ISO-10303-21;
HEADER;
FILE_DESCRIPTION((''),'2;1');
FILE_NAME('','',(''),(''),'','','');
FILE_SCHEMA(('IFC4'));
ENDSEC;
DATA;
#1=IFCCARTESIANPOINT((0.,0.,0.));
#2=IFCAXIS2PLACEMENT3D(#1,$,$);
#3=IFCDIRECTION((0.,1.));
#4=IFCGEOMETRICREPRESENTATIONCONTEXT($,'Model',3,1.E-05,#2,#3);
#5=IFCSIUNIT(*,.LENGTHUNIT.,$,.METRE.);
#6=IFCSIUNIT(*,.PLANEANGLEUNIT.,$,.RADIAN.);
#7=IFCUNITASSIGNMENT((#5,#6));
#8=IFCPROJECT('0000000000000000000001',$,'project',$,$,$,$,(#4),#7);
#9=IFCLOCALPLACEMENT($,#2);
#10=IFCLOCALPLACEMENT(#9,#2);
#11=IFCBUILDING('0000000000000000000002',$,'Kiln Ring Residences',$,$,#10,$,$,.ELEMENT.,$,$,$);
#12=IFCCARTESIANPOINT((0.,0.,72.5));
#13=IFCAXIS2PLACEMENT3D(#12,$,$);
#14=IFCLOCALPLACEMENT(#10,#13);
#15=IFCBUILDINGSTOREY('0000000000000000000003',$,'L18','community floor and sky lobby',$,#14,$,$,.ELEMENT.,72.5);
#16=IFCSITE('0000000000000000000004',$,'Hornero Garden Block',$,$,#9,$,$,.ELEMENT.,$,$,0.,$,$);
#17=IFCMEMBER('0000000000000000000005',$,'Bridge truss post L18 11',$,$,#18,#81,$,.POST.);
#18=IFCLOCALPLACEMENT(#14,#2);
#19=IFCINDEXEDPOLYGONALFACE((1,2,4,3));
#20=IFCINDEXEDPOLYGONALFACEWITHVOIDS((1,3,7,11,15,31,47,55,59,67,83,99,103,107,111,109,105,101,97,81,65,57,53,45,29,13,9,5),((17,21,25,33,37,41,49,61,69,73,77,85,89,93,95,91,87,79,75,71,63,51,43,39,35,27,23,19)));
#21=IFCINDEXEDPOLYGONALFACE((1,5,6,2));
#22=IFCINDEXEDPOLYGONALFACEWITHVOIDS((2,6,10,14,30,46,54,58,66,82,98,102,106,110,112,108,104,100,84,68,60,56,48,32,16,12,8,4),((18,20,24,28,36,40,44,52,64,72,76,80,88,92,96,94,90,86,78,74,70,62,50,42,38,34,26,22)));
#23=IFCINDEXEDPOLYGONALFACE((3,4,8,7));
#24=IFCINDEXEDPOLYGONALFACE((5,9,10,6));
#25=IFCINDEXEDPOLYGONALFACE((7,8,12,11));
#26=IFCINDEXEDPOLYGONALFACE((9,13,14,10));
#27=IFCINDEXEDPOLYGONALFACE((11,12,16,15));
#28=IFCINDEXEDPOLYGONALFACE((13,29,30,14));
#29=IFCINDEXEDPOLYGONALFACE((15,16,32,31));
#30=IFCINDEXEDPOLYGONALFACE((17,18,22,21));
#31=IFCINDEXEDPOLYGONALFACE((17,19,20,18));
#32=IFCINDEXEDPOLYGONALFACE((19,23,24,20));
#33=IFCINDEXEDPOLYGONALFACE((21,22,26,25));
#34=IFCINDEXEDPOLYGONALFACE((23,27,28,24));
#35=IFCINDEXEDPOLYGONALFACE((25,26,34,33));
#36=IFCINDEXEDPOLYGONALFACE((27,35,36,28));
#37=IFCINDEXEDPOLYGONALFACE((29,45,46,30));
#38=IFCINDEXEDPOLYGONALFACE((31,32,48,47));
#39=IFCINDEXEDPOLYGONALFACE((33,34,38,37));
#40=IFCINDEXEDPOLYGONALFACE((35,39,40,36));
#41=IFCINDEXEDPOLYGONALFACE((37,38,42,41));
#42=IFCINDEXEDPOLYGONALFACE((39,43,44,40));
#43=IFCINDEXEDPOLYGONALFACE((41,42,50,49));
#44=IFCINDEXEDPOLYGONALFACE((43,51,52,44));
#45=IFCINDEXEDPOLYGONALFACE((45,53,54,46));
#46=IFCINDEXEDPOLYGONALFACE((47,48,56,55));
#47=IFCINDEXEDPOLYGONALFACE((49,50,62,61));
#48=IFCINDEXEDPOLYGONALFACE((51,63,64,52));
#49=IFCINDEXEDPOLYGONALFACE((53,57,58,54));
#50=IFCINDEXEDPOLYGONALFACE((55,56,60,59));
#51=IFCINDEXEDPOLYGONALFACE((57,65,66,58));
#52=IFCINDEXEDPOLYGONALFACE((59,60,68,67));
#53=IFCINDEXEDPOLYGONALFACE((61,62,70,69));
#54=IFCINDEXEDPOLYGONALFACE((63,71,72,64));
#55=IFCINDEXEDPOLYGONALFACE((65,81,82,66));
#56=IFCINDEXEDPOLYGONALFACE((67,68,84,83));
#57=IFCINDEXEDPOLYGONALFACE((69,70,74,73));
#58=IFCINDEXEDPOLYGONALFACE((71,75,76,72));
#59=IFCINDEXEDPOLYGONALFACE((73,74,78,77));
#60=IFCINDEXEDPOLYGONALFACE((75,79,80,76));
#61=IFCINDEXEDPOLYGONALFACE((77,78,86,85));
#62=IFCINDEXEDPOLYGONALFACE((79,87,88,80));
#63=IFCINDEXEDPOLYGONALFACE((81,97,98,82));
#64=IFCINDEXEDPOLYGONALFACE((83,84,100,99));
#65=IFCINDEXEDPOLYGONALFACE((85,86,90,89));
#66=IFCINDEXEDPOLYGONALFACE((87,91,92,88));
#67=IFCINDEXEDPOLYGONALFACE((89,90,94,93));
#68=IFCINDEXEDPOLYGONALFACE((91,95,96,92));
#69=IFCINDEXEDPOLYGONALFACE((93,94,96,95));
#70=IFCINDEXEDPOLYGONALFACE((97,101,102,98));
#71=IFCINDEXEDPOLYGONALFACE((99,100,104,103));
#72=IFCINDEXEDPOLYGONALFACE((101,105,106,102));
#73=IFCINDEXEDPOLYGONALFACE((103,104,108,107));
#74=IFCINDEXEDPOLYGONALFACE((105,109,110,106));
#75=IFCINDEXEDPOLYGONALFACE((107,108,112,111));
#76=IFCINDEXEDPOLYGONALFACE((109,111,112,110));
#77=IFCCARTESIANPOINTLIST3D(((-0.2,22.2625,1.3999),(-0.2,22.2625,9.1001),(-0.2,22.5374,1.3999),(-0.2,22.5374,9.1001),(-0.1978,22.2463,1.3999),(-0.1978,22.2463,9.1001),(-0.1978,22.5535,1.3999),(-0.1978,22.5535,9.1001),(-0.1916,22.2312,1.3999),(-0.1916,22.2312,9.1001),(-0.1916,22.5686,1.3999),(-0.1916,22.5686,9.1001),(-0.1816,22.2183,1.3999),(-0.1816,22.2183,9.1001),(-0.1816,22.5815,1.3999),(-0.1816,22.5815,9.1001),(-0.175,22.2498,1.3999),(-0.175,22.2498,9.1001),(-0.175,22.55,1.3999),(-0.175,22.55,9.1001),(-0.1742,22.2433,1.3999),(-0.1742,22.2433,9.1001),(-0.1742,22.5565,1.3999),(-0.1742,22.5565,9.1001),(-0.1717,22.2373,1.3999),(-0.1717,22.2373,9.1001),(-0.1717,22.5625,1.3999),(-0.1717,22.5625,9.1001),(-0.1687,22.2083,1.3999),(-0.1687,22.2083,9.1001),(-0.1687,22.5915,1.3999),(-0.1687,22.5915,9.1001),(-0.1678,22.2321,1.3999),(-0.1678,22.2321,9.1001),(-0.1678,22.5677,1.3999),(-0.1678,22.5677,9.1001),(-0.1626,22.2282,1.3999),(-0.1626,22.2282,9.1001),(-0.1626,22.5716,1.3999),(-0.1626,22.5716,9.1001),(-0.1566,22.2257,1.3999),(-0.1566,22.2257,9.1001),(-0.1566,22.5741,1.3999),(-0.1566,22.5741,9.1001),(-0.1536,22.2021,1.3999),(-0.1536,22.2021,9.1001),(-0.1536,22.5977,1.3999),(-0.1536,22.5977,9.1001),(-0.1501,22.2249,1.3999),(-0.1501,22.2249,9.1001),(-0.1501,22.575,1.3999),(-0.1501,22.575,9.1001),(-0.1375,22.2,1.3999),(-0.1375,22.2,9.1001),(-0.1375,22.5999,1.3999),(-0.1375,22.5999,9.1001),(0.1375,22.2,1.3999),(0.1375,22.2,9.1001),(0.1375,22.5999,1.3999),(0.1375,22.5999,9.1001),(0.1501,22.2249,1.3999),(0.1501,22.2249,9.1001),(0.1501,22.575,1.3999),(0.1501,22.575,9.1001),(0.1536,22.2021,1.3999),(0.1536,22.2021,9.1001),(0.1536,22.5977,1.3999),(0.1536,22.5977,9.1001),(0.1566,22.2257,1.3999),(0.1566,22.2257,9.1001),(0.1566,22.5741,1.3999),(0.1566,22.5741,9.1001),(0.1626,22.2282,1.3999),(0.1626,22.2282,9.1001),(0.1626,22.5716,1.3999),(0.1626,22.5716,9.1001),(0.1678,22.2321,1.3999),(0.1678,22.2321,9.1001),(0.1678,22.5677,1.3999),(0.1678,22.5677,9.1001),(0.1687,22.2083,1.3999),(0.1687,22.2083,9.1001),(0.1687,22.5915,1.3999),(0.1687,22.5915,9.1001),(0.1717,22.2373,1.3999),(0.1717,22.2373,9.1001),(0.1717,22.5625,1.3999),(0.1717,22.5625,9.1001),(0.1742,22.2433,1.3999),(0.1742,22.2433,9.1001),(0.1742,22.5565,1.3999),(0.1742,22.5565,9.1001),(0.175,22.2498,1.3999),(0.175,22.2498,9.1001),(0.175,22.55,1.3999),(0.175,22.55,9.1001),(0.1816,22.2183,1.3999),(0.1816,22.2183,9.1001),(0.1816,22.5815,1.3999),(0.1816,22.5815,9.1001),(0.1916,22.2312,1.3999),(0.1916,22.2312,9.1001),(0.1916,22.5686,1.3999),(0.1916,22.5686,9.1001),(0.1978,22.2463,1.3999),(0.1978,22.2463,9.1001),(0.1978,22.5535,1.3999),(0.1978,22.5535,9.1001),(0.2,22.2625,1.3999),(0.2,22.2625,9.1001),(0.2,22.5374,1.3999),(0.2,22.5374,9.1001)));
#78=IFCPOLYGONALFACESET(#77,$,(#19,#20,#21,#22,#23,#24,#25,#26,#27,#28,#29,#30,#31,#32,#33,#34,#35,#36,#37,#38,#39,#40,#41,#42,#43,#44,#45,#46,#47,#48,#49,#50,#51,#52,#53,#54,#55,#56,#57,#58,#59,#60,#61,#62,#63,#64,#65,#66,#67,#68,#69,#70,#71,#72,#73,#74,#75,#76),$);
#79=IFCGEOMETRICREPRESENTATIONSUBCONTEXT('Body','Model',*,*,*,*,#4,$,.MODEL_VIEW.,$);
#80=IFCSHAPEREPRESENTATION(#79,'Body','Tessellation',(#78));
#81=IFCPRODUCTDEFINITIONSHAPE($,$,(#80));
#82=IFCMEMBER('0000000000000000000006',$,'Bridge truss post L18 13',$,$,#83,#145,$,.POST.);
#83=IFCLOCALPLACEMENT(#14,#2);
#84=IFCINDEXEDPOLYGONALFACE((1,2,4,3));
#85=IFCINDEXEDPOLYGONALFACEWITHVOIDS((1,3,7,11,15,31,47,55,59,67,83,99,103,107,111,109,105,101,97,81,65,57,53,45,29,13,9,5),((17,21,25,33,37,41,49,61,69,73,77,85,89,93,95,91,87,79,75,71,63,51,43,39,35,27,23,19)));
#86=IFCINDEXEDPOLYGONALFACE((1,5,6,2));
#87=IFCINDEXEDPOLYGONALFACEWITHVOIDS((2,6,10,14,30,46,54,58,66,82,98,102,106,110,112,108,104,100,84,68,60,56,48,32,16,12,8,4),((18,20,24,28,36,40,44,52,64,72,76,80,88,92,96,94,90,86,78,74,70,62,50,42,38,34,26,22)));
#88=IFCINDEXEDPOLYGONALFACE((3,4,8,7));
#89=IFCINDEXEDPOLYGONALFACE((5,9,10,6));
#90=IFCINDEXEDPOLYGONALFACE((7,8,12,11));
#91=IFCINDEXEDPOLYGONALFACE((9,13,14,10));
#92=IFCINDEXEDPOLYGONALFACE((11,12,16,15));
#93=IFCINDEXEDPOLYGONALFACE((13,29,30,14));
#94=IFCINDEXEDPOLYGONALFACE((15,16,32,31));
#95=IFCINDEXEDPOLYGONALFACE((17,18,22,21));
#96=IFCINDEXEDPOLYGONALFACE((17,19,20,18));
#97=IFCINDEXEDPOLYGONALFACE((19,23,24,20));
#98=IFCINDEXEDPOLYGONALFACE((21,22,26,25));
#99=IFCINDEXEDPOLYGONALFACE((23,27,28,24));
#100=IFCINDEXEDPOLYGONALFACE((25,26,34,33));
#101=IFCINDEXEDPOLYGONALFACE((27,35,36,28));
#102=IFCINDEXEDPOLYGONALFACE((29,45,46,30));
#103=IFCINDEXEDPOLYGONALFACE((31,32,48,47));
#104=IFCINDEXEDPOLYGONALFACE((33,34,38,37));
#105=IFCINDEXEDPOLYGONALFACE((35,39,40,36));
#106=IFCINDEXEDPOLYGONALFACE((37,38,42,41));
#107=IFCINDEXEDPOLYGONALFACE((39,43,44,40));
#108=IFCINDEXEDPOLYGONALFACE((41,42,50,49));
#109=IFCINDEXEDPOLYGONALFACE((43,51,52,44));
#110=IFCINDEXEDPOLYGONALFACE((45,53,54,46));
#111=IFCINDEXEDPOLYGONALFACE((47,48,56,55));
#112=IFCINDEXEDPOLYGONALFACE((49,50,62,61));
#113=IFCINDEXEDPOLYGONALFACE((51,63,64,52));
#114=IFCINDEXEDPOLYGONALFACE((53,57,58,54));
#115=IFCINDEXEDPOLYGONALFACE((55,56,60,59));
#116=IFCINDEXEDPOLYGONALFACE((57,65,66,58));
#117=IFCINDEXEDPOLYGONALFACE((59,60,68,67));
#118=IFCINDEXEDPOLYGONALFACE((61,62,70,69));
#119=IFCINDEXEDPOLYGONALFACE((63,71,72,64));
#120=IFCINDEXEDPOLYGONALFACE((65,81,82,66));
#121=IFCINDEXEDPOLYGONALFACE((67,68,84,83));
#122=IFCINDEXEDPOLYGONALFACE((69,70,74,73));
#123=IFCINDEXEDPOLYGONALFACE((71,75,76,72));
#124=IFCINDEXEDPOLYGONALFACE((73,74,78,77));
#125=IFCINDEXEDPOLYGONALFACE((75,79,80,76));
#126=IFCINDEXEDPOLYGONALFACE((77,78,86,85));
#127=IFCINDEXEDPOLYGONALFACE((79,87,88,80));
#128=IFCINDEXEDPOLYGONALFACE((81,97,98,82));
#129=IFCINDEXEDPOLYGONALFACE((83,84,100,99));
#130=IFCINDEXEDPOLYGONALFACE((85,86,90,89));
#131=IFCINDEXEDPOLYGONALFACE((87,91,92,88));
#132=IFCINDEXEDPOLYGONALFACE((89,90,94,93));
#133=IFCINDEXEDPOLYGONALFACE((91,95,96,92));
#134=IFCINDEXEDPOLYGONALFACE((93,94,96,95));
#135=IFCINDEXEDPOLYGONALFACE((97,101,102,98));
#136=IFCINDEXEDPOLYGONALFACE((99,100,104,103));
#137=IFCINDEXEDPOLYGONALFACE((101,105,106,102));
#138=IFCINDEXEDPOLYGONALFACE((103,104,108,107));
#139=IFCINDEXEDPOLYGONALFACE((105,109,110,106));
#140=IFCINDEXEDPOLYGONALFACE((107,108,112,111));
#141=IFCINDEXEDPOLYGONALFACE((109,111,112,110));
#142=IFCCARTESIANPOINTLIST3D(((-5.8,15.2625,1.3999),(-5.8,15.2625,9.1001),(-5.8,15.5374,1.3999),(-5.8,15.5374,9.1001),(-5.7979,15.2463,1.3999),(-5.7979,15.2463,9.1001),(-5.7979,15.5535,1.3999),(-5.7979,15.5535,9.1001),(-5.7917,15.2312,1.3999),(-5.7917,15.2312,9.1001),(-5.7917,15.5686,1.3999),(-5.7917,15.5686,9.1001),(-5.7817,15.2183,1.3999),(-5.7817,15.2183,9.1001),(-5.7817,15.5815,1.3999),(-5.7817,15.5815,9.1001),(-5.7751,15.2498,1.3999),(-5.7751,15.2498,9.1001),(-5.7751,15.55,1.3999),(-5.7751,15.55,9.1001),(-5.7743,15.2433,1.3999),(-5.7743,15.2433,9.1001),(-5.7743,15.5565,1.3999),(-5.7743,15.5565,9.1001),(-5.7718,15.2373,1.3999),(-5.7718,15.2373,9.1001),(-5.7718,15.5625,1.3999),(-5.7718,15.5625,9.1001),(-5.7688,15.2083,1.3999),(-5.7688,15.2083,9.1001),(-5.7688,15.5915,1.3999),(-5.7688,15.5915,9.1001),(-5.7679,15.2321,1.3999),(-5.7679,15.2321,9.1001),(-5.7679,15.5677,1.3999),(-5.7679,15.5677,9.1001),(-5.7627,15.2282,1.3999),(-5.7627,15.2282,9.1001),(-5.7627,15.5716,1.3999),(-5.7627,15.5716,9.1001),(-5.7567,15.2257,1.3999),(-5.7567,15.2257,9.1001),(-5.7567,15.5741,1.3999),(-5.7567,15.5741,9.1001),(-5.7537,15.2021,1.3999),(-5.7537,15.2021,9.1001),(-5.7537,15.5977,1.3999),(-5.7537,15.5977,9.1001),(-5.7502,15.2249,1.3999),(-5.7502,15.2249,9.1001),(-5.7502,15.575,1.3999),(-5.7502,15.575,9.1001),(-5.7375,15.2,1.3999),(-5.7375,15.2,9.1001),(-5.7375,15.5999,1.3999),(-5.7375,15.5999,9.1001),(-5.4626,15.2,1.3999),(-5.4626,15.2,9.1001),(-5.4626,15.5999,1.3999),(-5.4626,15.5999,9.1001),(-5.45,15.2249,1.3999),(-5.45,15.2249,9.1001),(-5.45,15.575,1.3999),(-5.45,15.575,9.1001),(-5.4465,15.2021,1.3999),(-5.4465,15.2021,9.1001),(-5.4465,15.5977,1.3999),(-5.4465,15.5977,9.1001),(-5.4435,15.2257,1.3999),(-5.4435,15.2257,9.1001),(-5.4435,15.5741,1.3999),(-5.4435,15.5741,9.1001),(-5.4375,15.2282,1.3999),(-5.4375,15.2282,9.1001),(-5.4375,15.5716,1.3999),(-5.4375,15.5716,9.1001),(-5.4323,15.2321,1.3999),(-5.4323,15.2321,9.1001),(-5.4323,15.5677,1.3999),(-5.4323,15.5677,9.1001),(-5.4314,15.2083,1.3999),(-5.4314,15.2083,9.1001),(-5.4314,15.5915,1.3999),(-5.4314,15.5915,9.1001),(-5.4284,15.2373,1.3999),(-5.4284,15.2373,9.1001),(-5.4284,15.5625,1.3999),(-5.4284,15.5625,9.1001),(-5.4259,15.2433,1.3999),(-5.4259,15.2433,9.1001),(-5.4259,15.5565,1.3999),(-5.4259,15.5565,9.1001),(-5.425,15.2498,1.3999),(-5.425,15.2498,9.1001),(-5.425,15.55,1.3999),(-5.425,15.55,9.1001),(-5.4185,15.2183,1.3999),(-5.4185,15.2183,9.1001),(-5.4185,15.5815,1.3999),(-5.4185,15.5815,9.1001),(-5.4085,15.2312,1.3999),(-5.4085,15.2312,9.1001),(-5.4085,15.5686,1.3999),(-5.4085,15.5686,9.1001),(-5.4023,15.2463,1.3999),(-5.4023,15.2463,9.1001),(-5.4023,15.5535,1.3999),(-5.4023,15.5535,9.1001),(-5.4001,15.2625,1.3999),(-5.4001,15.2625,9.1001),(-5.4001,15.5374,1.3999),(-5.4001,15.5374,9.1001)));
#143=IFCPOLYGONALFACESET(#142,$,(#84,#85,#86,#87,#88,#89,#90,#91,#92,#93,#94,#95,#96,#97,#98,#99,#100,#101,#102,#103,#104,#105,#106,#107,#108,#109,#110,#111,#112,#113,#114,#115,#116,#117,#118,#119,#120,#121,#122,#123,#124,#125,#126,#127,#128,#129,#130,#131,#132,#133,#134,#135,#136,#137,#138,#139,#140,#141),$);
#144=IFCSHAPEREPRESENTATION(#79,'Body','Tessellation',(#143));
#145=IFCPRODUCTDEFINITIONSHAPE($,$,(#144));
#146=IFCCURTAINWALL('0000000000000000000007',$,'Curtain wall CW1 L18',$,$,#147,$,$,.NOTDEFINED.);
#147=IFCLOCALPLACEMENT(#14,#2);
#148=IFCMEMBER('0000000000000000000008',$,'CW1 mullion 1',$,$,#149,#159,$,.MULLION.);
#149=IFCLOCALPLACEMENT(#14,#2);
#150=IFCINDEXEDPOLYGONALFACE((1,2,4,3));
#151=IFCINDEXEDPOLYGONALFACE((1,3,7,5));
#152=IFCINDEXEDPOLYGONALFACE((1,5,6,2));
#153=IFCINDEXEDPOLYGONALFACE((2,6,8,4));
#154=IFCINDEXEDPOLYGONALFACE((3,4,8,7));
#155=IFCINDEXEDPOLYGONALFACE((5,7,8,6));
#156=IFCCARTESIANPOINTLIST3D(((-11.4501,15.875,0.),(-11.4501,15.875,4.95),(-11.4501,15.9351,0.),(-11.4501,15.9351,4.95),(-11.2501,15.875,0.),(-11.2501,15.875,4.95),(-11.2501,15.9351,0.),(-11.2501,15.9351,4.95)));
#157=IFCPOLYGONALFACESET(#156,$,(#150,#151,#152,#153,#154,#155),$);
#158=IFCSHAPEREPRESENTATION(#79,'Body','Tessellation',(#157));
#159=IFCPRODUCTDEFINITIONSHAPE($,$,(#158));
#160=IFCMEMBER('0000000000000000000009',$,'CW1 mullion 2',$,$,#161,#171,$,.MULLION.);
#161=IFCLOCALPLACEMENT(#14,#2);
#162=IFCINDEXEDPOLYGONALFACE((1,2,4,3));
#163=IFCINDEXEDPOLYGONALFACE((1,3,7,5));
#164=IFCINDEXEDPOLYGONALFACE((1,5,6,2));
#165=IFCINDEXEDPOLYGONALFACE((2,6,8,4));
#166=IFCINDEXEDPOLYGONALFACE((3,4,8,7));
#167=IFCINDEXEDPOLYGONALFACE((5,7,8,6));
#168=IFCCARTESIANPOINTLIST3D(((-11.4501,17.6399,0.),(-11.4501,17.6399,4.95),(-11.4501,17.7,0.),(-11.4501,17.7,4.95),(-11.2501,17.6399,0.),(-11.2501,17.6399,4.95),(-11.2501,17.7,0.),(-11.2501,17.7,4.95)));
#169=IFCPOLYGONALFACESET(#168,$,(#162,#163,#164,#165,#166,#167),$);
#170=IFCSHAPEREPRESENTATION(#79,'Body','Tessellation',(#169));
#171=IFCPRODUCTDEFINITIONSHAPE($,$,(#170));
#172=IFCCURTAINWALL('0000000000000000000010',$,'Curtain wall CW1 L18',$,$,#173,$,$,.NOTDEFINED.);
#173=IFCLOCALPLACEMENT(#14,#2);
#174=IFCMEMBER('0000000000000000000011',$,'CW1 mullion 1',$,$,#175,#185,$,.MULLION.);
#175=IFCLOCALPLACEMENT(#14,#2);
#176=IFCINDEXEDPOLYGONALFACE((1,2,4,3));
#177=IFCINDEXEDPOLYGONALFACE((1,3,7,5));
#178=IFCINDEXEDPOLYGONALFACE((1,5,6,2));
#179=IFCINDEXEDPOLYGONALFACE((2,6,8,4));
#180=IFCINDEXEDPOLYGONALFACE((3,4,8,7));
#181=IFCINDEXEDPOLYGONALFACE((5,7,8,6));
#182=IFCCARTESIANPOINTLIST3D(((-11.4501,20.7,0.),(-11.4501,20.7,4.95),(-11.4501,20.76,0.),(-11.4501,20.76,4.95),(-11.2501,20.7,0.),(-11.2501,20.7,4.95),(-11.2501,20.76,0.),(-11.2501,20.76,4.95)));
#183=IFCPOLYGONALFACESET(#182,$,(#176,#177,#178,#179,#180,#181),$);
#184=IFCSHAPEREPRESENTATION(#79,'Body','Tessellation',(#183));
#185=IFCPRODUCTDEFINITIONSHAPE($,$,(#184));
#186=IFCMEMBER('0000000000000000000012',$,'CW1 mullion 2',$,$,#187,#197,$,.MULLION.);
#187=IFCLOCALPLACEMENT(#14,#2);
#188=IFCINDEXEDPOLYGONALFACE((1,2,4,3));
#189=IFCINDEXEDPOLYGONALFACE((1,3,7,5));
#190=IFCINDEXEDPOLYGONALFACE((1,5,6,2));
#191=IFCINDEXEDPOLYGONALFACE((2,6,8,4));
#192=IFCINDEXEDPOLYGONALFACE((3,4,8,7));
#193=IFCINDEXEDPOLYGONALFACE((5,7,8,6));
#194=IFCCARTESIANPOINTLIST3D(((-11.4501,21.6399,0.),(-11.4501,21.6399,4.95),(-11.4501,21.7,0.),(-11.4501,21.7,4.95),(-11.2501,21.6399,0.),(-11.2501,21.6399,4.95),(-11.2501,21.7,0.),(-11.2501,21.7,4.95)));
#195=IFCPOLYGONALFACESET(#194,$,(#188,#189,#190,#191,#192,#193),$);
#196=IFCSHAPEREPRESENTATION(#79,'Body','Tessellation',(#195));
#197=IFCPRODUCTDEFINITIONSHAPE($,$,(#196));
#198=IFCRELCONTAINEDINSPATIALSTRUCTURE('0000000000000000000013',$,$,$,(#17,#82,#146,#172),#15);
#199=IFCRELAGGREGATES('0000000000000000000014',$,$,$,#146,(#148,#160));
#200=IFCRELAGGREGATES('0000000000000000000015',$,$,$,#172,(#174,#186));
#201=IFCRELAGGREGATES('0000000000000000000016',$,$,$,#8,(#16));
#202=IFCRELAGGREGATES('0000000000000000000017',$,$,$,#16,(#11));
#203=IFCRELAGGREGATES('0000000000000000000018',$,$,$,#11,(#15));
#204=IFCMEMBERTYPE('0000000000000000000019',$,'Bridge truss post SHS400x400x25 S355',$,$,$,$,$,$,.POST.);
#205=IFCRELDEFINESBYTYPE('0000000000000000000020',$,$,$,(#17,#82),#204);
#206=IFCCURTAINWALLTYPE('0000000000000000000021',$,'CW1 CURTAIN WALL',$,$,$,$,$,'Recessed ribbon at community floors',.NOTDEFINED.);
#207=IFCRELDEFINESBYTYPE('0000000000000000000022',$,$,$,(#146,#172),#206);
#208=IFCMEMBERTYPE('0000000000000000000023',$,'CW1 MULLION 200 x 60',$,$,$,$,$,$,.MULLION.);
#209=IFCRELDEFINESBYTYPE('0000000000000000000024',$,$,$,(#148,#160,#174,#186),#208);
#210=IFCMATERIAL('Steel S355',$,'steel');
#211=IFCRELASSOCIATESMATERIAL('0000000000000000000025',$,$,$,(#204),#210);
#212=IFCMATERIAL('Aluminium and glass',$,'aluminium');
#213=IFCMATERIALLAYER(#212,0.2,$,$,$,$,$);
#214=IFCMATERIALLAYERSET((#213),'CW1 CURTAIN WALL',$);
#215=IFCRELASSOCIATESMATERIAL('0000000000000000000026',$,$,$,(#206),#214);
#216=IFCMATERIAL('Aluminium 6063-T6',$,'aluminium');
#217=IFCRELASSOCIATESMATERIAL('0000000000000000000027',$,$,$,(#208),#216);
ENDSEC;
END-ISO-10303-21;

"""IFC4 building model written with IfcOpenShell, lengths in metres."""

from ifc_helpers import new_model, si_unit, direction, frame, origin, origin_2d, place, context, subcontext, project, spatial, rectangle, hollow_rectangle, extrude, material, layer, layer_set, material_profile, profile_set, type_object, element, aggregate, save


model = new_model("IFC4")

# Units and contexts
model_context = context("Model", 3, precision=1e-05, world=origin(), true_north=direction((0.0, 1.0)))
body_context = subcontext(model_context, "Body", "Model", "MODEL_VIEW")
ifc_project = project(units=[si_unit("LENGTHUNIT", "METRE"), si_unit("PLANEANGLEUNIT", "RADIAN")], contexts=[model_context])

# Site, building, storey
site_placement = place(None, origin())
site = spatial("IfcSite", under=ifc_project, at=site_placement, Name="Hornero Garden Block", CompositionType="ELEMENT", RefElevation=0.0)
building_placement = place(site_placement, origin())
building = spatial("IfcBuilding", under=site, at=building_placement, Name="Kiln Ring Residences", CompositionType="ELEMENT")
storey_placement = place(building_placement, frame((0.0, 0.0, 72.5)))
storey = spatial("IfcBuildingStorey", under=building, at=storey_placement, Name="L18", Description="community floor and sky lobby", CompositionType="ELEMENT", Elevation=72.5)

# Members
ifc_material_1 = material(Name="Steel S355", Category="steel")
ifc_material_profile_1 = material_profile(ifc_material_1, hollow_rectangle(XDim=0.3999, YDim=0.3999, WallThickness=0.0249, InnerFilletRadius=0.0249, OuterFilletRadius=0.0625, at=origin_2d()), Name="SHS400x400x25")
ifc_profile_set_1 = profile_set([ifc_material_profile_1], Name="Steel S355")
member_type_1 = type_object("IfcMemberType", Name="Bridge truss post SHS400x400x25 S355", PredefinedType="POST", material=ifc_profile_set_1)
for number, where, z_axis, x_axis, name in (
    (1, (0.0, 22.3999, 1.3999), (0.0, 0.0, 1.0), (1.0, 0.0, 0.0), "Bridge truss post L18 11"),
    (2, (-5.6001, 15.3999, 1.3999), (0.0, 0.0, 1.0), (1.0, 0.0, 0.0), "Bridge truss post L18 13"),
):
    element("IfcMember", number, at=place(storey_placement, frame(where, z_axis=z_axis, x_axis=x_axis)), inside=storey, type_object=member_type_1, Name=name, PredefinedType="POST", context=body_context, shape_type="SweptSolid", body=[
        extrude(hollow_rectangle(XDim=0.3999, YDim=0.3999, WallThickness=0.0249, InnerFilletRadius=0.0249, OuterFilletRadius=0.0625, at=origin_2d()), origin(), (0.0, 0.0, 1.0), 7.7002),
    ])

# Curtain walls, members
ifc_material_2 = material(Name="Aluminium and glass", Category="aluminium")
ifc_layer_1 = layer(ifc_material_2, 0.2)
ifc_layer_set_1 = layer_set([ifc_layer_1], Name="CW1 CURTAIN WALL")
curtain_wall_type = type_object("IfcCurtainWallType", Name="CW1 CURTAIN WALL", ElementType="Recessed ribbon at community floors", PredefinedType="NOTDEFINED", material=ifc_layer_set_1)
placement = place(storey_placement, origin())
curtain_wall_1 = element("IfcCurtainWall", 3, at=placement, inside=storey, type_object=curtain_wall_type, Name="Curtain wall CW1 L18", PredefinedType="NOTDEFINED")
ifc_material_3 = material(Name="Aluminium 6063-T6", Category="aluminium")
ifc_material_profile_2 = material_profile(ifc_material_3, rectangle(XDim=0.2, YDim=0.0601, at=origin_2d()), Name="AL 200x60")
ifc_profile_set_2 = profile_set([ifc_material_profile_2], Name="Aluminium 6063-T6")
member_type_2 = type_object("IfcMemberType", Name="CW1 MULLION 200 x 60", PredefinedType="MULLION", material=ifc_profile_set_2)
member_1_placement = place(storey_placement, frame((-11.3501, 15.905, 0.0), z_axis=(0.0, 0.0, 1.0), x_axis=(-1.0, 0.0, 0.0)))
member_1 = element("IfcMember", 4, at=member_1_placement, type_object=member_type_2, Name="CW1 mullion 1", PredefinedType="MULLION", context=body_context, shape_type="SweptSolid", body=[
    extrude(rectangle(XDim=0.2, YDim=0.0601, at=origin_2d()), origin(), (0.0, 0.0, 1.0), 4.95),
])
member_2_placement = place(storey_placement, frame((-11.3501, 17.6699, 0.0), z_axis=(0.0, 0.0, 1.0), x_axis=(-1.0, 0.0, 0.0)))
member_2 = element("IfcMember", 5, at=member_2_placement, type_object=member_type_2, Name="CW1 mullion 2", PredefinedType="MULLION", context=body_context, shape_type="SweptSolid", body=[
    extrude(rectangle(XDim=0.2, YDim=0.0601, at=origin_2d()), origin(), (0.0, 0.0, 1.0), 4.95),
])
curtain_wall_2 = element("IfcCurtainWall", 6, at=placement, inside=storey, type_object=curtain_wall_type, Name="Curtain wall CW1 L18", PredefinedType="NOTDEFINED")
member_3_placement = place(storey_placement, frame((-11.3501, 20.73, 0.0), z_axis=(0.0, 0.0, 1.0), x_axis=(-1.0, 0.0, 0.0)))
member_3 = element("IfcMember", 7, at=member_3_placement, type_object=member_type_2, Name="CW1 mullion 1", PredefinedType="MULLION", context=body_context, shape_type="SweptSolid", body=[
    extrude(rectangle(XDim=0.2, YDim=0.0601, at=origin_2d()), origin(), (0.0, 0.0, 1.0), 4.95),
])
member_4_placement = place(storey_placement, frame((-11.3501, 21.6699, 0.0), z_axis=(0.0, 0.0, 1.0), x_axis=(-1.0, 0.0, 0.0)))
member_4 = element("IfcMember", 8, at=member_4_placement, type_object=member_type_2, Name="CW1 mullion 2", PredefinedType="MULLION", context=body_context, shape_type="SweptSolid", body=[
    extrude(rectangle(XDim=0.2, YDim=0.0601, at=origin_2d()), origin(), (0.0, 0.0, 1.0), 4.95),
])

aggregate(curtain_wall_1, [member_1, member_2])
aggregate(curtain_wall_2, [member_3, member_4])

save(model, "model.ifc")
